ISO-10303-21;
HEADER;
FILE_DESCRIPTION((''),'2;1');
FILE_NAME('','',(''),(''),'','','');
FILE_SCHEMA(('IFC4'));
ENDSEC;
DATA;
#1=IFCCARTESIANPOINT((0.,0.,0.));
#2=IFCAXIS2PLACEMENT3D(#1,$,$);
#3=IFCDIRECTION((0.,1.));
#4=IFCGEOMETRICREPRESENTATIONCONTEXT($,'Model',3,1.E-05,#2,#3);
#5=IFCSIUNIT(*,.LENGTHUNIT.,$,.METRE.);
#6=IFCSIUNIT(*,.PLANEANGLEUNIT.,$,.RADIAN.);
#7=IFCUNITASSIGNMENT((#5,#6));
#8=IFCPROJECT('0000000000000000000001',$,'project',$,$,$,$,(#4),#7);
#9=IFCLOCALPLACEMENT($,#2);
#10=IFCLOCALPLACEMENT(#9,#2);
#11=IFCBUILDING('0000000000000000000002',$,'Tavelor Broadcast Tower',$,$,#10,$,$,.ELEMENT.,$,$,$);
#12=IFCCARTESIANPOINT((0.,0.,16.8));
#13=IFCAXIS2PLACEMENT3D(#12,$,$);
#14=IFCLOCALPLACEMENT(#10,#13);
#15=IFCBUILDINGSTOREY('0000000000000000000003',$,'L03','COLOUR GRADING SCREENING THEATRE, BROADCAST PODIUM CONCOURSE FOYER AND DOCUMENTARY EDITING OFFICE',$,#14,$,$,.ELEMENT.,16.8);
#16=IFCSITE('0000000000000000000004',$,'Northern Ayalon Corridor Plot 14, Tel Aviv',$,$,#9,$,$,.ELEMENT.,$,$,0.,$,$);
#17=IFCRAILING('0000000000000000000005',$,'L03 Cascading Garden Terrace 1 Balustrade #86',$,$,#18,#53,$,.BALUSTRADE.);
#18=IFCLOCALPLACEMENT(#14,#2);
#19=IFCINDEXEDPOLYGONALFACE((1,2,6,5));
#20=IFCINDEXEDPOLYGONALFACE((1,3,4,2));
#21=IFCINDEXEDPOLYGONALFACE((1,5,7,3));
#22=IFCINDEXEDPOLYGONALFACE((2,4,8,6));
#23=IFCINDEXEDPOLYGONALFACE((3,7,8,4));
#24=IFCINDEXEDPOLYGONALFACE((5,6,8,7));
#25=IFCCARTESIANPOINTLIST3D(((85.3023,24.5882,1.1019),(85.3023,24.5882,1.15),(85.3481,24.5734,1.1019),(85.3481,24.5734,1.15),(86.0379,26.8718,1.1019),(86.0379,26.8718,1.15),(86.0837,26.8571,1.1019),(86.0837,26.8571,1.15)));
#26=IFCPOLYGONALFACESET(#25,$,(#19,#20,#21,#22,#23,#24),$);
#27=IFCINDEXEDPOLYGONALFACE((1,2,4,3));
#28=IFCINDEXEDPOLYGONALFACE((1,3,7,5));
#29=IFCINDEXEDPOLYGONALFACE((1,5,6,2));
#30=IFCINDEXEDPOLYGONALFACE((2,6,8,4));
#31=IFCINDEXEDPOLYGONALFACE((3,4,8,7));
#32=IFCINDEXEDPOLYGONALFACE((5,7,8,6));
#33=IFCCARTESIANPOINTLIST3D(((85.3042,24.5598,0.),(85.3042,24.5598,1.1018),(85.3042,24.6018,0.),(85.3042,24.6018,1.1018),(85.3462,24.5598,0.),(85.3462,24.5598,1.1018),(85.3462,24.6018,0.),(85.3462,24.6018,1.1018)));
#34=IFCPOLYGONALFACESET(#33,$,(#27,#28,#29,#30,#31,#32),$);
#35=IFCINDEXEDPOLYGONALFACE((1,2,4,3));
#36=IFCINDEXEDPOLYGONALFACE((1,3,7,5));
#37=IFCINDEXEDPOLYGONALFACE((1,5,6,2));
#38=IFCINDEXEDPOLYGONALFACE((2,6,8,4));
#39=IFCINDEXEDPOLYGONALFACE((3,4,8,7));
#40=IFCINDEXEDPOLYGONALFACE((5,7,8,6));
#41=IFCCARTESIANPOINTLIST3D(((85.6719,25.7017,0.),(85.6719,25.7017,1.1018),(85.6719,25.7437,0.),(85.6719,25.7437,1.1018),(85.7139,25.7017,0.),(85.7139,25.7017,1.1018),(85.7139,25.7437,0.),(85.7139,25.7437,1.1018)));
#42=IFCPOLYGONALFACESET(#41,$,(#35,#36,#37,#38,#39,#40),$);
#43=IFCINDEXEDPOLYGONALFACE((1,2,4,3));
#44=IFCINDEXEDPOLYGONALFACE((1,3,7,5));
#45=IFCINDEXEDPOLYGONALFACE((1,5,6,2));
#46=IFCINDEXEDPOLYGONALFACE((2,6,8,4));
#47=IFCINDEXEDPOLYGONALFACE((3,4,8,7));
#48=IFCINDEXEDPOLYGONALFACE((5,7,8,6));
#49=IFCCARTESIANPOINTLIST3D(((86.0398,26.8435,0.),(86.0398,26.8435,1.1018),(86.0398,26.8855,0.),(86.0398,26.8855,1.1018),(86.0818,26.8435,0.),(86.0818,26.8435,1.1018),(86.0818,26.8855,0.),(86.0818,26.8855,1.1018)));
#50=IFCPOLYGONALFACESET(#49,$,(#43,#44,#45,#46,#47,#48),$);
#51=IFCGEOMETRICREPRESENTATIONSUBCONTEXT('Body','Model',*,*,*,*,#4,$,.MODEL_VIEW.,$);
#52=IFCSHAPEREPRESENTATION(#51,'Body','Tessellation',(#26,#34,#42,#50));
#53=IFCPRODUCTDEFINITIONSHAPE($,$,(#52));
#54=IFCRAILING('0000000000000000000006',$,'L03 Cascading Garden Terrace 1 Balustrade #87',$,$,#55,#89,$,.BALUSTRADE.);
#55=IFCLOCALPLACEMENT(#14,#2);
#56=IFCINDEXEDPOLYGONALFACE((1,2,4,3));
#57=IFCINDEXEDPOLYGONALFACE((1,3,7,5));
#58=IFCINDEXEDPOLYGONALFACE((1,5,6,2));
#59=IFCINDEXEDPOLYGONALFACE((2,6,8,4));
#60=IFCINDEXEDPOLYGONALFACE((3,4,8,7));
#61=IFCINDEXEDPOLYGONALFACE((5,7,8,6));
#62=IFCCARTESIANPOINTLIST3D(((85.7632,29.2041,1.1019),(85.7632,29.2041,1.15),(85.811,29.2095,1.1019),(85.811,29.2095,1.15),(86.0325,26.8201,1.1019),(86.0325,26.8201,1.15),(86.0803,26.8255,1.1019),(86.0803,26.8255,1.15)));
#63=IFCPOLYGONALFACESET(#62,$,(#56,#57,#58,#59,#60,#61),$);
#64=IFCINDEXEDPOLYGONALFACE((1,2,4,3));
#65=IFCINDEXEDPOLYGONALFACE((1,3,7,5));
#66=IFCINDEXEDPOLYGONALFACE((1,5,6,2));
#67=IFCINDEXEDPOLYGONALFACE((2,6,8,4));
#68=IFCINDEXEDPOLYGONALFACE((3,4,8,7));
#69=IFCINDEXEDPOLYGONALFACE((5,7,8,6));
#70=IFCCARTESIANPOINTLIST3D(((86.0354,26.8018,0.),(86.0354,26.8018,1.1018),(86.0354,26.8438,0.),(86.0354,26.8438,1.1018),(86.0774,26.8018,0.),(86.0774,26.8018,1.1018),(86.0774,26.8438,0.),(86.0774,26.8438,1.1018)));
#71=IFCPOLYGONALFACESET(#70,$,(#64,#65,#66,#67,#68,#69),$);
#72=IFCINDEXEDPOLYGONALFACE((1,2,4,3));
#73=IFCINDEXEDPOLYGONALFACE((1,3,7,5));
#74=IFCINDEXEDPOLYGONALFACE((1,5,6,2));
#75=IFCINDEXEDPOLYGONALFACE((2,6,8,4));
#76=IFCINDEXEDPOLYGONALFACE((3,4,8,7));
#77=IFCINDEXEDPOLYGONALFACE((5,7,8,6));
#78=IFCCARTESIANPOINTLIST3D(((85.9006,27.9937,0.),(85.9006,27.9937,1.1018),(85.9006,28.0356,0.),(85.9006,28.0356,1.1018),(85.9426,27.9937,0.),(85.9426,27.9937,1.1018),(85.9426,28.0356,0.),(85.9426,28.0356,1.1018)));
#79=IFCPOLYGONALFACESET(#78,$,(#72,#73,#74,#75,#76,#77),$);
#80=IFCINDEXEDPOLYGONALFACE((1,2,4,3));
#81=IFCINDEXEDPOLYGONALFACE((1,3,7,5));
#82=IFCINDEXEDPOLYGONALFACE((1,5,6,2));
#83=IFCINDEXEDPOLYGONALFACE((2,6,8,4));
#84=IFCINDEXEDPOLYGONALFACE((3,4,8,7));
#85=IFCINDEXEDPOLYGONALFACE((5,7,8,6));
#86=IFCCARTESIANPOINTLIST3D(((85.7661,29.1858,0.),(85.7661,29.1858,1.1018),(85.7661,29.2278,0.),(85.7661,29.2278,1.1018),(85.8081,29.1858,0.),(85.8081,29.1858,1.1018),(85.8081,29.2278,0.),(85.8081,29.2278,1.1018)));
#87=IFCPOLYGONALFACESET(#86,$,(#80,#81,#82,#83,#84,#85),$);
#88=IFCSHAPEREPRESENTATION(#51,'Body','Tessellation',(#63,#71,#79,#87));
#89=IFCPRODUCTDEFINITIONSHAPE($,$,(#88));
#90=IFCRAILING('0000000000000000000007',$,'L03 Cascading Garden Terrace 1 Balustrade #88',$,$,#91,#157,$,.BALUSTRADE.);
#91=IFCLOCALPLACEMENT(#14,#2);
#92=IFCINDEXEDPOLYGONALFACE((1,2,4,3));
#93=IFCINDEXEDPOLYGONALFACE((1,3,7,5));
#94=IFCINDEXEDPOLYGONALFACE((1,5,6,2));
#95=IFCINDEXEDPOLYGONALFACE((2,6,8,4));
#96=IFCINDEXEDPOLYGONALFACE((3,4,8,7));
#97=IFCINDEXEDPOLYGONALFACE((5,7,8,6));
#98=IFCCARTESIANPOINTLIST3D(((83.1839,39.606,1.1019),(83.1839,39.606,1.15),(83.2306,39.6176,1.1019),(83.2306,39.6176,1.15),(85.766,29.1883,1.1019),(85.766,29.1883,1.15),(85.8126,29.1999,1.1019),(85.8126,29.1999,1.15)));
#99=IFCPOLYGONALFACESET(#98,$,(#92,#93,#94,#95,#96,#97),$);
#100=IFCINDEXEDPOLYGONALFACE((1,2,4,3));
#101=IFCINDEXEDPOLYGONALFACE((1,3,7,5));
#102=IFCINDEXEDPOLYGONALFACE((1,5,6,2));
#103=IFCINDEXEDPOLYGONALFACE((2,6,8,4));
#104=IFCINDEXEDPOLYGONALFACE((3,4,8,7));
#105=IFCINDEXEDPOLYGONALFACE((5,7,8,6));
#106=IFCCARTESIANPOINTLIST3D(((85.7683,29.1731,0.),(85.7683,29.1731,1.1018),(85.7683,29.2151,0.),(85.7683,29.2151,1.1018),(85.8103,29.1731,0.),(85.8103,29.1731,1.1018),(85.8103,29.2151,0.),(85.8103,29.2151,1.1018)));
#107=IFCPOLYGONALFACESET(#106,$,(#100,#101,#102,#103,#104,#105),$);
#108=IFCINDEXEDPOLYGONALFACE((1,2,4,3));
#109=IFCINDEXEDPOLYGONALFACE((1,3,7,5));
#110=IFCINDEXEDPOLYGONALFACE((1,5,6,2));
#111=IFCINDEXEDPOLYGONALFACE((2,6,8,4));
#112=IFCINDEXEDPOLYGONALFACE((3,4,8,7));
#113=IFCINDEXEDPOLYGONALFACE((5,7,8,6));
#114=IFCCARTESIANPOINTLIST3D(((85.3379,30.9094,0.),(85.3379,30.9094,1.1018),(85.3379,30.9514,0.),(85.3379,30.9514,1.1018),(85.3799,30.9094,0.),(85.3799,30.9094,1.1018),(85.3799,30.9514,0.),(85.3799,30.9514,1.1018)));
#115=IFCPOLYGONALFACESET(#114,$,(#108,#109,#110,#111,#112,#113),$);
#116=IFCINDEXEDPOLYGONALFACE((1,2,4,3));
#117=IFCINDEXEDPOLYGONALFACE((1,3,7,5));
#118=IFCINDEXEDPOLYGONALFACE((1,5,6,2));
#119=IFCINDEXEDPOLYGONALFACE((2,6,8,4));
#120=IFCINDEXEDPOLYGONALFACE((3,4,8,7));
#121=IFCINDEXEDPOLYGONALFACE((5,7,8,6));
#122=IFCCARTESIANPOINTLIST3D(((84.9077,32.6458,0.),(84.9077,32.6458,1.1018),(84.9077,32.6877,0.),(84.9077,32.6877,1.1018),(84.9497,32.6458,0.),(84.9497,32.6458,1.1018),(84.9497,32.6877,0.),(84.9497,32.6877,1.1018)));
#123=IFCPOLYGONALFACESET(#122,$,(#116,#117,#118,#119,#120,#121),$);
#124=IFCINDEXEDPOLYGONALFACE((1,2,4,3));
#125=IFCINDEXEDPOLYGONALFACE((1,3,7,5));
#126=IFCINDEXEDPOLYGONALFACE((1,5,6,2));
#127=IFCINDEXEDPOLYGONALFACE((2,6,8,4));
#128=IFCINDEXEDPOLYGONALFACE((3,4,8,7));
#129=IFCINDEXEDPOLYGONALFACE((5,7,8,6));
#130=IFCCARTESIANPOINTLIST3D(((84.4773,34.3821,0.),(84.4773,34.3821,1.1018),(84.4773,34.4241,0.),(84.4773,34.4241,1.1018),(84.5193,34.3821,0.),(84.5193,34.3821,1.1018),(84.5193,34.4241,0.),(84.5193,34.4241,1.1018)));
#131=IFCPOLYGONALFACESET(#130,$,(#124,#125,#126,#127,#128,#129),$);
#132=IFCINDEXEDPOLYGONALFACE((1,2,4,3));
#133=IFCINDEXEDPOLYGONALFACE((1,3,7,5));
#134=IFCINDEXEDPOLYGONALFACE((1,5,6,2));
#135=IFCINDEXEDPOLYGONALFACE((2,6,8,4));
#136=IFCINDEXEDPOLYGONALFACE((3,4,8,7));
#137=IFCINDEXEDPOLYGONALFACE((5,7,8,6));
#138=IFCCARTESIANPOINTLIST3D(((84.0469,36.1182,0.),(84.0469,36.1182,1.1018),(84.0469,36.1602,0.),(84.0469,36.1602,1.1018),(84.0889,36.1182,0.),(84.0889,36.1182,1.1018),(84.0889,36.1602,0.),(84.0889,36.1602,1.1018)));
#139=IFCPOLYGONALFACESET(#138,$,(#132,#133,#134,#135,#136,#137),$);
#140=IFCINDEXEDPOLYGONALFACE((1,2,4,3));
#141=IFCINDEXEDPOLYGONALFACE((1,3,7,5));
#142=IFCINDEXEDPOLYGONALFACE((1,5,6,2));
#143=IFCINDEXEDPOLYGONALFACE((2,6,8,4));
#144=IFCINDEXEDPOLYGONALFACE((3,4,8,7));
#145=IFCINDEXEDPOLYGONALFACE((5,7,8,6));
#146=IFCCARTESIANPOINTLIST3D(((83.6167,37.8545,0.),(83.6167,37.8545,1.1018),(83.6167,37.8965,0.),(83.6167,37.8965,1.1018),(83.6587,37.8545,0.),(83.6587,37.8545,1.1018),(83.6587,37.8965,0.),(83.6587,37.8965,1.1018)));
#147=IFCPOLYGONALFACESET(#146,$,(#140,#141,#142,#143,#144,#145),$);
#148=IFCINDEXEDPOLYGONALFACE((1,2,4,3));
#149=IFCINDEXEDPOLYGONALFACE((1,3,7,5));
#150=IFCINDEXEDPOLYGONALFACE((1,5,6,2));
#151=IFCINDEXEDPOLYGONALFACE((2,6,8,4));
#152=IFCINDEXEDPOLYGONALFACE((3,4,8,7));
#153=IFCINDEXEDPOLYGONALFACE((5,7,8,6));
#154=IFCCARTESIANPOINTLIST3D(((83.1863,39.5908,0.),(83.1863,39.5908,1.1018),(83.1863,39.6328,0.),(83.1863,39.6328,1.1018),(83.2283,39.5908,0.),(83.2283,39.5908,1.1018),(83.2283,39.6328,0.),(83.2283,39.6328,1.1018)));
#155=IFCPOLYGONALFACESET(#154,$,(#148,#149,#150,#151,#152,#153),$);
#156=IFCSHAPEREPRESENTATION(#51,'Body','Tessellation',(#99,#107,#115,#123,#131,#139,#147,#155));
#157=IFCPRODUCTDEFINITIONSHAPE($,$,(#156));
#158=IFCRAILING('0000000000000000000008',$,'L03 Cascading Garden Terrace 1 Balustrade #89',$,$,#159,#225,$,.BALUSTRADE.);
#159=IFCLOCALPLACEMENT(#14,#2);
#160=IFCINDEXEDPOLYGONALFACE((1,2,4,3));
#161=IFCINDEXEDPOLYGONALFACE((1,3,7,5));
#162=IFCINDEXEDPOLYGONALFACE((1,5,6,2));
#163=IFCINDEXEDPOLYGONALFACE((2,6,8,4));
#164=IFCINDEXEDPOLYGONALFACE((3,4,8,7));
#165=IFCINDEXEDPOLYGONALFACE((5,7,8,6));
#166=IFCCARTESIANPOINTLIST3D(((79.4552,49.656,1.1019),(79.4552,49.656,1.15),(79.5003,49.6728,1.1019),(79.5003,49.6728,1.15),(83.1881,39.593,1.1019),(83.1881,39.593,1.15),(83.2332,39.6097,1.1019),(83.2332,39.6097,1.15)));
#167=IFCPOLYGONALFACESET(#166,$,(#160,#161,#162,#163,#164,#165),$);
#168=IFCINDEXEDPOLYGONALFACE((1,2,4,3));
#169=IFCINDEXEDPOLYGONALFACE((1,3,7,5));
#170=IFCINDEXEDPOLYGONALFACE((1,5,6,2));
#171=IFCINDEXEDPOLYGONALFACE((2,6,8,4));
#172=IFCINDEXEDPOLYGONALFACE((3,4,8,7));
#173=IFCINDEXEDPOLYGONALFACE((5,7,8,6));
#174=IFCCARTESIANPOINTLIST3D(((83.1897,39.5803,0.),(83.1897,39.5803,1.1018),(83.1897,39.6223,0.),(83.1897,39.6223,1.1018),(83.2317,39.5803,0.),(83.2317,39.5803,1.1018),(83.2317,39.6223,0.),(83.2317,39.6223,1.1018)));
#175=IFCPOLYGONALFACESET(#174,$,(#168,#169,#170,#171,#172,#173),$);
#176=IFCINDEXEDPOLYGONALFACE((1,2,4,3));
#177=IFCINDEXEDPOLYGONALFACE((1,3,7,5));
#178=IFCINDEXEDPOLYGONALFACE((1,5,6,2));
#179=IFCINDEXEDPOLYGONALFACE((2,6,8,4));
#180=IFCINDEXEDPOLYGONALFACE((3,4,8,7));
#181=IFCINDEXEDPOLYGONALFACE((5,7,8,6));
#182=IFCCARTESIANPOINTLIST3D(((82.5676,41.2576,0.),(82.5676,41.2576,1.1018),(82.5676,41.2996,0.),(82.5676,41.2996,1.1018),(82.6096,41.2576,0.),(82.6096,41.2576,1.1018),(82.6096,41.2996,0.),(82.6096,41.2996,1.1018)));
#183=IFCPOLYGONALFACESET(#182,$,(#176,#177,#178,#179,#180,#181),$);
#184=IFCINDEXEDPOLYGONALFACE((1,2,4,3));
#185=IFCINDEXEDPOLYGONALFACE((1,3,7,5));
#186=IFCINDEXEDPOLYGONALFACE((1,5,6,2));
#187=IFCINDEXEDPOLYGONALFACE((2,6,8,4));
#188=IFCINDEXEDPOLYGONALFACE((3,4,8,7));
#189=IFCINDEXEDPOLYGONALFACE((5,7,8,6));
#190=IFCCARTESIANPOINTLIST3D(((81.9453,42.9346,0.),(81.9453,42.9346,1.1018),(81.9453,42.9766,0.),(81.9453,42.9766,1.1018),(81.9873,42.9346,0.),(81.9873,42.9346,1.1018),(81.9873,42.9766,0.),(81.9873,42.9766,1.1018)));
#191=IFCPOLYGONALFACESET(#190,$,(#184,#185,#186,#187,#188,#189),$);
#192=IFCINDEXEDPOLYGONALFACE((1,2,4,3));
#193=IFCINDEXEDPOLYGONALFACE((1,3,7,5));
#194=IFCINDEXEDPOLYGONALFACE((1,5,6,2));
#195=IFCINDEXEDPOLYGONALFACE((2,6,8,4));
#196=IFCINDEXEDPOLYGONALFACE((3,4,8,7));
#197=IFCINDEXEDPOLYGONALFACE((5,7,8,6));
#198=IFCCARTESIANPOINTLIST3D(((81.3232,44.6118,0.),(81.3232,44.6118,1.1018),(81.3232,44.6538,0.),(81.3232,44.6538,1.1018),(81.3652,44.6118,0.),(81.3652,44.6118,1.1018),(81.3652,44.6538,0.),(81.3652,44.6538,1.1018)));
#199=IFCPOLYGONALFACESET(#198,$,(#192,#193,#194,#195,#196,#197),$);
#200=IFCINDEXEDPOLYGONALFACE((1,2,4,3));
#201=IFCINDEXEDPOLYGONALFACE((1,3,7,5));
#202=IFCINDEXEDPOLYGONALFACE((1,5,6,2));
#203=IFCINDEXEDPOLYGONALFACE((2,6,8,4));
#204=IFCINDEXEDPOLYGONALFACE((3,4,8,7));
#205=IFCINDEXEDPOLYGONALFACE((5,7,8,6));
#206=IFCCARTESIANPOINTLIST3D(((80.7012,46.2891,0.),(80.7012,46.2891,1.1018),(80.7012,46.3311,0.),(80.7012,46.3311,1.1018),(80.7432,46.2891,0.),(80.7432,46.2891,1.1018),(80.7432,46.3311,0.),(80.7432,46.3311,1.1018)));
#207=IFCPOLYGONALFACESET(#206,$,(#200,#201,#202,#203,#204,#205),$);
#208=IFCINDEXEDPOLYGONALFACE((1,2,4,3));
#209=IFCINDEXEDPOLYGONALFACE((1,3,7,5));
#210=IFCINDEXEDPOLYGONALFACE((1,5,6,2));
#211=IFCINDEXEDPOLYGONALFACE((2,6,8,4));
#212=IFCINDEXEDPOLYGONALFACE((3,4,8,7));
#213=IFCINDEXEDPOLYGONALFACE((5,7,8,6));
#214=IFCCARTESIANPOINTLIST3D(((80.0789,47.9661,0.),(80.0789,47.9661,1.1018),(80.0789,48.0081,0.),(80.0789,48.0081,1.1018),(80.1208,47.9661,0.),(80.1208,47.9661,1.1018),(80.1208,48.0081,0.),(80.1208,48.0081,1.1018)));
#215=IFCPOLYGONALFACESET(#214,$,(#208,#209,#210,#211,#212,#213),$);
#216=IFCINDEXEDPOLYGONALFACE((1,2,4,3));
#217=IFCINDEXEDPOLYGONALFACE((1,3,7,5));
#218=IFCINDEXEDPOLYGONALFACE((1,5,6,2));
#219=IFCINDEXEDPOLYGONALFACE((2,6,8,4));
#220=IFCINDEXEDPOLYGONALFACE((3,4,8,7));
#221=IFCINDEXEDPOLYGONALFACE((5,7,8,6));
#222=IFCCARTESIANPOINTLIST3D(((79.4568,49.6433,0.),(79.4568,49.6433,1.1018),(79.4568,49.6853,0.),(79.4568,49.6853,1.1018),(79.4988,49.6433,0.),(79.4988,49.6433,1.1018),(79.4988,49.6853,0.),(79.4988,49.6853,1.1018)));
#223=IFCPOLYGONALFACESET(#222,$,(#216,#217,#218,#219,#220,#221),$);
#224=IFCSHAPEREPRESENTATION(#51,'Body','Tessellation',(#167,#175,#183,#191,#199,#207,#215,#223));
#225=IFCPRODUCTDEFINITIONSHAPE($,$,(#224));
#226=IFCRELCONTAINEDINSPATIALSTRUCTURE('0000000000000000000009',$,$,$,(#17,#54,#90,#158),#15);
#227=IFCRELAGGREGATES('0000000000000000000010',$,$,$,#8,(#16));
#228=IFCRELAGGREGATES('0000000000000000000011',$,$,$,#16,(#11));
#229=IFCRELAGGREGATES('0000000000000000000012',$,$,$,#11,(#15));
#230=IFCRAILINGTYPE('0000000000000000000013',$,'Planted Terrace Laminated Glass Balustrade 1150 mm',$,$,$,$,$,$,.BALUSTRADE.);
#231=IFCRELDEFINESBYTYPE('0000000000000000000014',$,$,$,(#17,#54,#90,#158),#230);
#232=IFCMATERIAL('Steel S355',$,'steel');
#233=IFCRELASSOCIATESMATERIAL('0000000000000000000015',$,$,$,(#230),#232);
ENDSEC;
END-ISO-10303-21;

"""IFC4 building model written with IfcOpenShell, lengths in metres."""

from ifc_helpers import new_model, si_unit, direction, frame, origin, origin_2d, place, context, subcontext, project, spatial, rectangle, extrude, material, type_object, element, save


model = new_model("IFC4")

# Units and contexts
model_context = context("Model", 3, precision=1e-05, world=origin(), true_north=direction((0.0, 1.0)))
body_context = subcontext(model_context, "Body", "Model", "MODEL_VIEW")
ifc_project = project(units=[si_unit("LENGTHUNIT", "METRE"), si_unit("PLANEANGLEUNIT", "RADIAN")], contexts=[model_context])

# Site, building, storey
site_placement = place(None, origin())
site = spatial("IfcSite", under=ifc_project, at=site_placement, Name="Northern Ayalon Corridor Plot 14, Tel Aviv", CompositionType="ELEMENT", RefElevation=0.0)
building_placement = place(site_placement, origin())
building = spatial("IfcBuilding", under=site, at=building_placement, Name="Tavelor Broadcast Tower", CompositionType="ELEMENT")
storey_placement = place(building_placement, frame((0.0, 0.0, 16.8)))
storey = spatial("IfcBuildingStorey", under=building, at=storey_placement, Name="L03", Description="COLOUR GRADING SCREENING THEATRE, BROADCAST PODIUM CONCOURSE FOYER AND DOCUMENTARY EDITING OFFICE", CompositionType="ELEMENT", Elevation=16.8)

# Shared definitions
ifc_material_1 = material(Name="Steel S355", Category="steel")

# Railings
railing_type = type_object("IfcRailingType", Name="Planted Terrace Laminated Glass Balustrade 1150 mm", PredefinedType="BALUSTRADE", material=ifc_material_1)
railing_1_placement = place(storey_placement, frame((85.3252, 24.5808, 0.0)))
element("IfcRailing", 1, at=railing_1_placement, inside=storey, type_object=railing_type, Name="L03 Cascading Garden Terrace 1 Balustrade #86", PredefinedType="BALUSTRADE", context=body_context, shape_type="SweptSolid", body=[
    extrude(rectangle(XDim=0.0481, YDim=0.0481, at=origin_2d()), frame((0.0, 0.0, 1.126), z_axis=(0.306595, 0.95184, 0.0), x_axis=(-0.95184, 0.306595, 0.0)), (0.0, 0.0, 1.0), 2.3992),
    extrude(rectangle(XDim=0.042, YDim=0.042, at=origin_2d()), origin(), (0.0, 0.0, 1.0), 1.1018),
    extrude(rectangle(XDim=0.042, YDim=0.042, at=origin_2d()), frame((0.3677, 1.1418, 0.0)), (0.0, 0.0, 1.0), 1.1018),
    extrude(rectangle(XDim=0.042, YDim=0.042, at=origin_2d()), frame((0.7356, 2.2837, 0.0)), (0.0, 0.0, 1.0), 1.1018),
])
railing_2_placement = place(storey_placement, frame((86.0564, 26.8228, 0.0)))
element("IfcRailing", 2, at=railing_2_placement, inside=storey, type_object=railing_type, Name="L03 Cascading Garden Terrace 1 Balustrade #87", PredefinedType="BALUSTRADE", context=body_context, shape_type="SweptSolid", body=[
    extrude(rectangle(XDim=0.0481, YDim=0.0481, at=origin_2d()), frame((0.0, 0.0, 1.126), z_axis=(-0.112241, 0.993681, 0.0), x_axis=(-0.993681, -0.112241, 0.0)), (0.0, 0.0, 1.0), 2.3992),
    extrude(rectangle(XDim=0.042, YDim=0.042, at=origin_2d()), origin(), (0.0, 0.0, 1.0), 1.1018),
    extrude(rectangle(XDim=0.042, YDim=0.042, at=origin_2d()), frame((-0.1348, 1.1919, 0.0)), (0.0, 0.0, 1.0), 1.1018),
    extrude(rectangle(XDim=0.042, YDim=0.042, at=origin_2d()), frame((-0.2693, 2.384, 0.0)), (0.0, 0.0, 1.0), 1.1018),
])
railing_3_placement = place(storey_placement, frame((85.7893, 29.1941, 0.0)))
element("IfcRailing", 3, at=railing_3_placement, inside=storey, type_object=railing_type, Name="L03 Cascading Garden Terrace 1 Balustrade #88", PredefinedType="BALUSTRADE", context=body_context, shape_type="SweptSolid", body=[
    extrude(rectangle(XDim=0.0481, YDim=0.0481, at=origin_2d()), frame((0.0, 0.0, 1.126), z_axis=(-0.240571, 0.970632, 0.0), x_axis=(-0.970632, -0.240571, 0.0)), (0.0, 0.0, 1.0), 10.7329),
    extrude(rectangle(XDim=0.042, YDim=0.042, at=origin_2d()), origin(), (0.0, 0.0, 1.0), 1.1018),
    extrude(rectangle(XDim=0.042, YDim=0.042, at=origin_2d()), frame((-0.4304, 1.7363, 0.0)), (0.0, 0.0, 1.0), 1.1018),
    extrude(rectangle(XDim=0.042, YDim=0.042, at=origin_2d()), frame((-0.8606, 3.4727, 0.0)), (0.0, 0.0, 1.0), 1.1018),
    extrude(rectangle(XDim=0.042, YDim=0.042, at=origin_2d()), frame((-1.291, 5.209, 0.0)), (0.0, 0.0, 1.0), 1.1018),
    extrude(rectangle(XDim=0.042, YDim=0.042, at=origin_2d()), frame((-1.7214, 6.9451, 0.0)), (0.0, 0.0, 1.0), 1.1018),
    extrude(rectangle(XDim=0.042, YDim=0.042, at=origin_2d()), frame((-2.1516, 8.6814, 0.0)), (0.0, 0.0, 1.0), 1.1018),
    extrude(rectangle(XDim=0.042, YDim=0.042, at=origin_2d()), frame((-2.582, 10.4177, 0.0)), (0.0, 0.0, 1.0), 1.1018),
])
railing_4_placement = place(storey_placement, frame((83.2107, 39.6013, 0.0)))
element("IfcRailing", 4, at=railing_4_placement, inside=storey, type_object=railing_type, Name="L03 Cascading Garden Terrace 1 Balustrade #89", PredefinedType="BALUSTRADE", context=body_context, shape_type="SweptSolid", body=[
    extrude(rectangle(XDim=0.0481, YDim=0.0481, at=origin_2d()), frame((0.0, 0.0, 1.126), z_axis=(-0.347796, 0.93757, 0.0), x_axis=(-0.93757, -0.347796, 0.0)), (0.0, 0.0, 1.0), 10.7332),
    extrude(rectangle(XDim=0.042, YDim=0.042, at=origin_2d()), origin(), (0.0, 0.0, 1.0), 1.1018),
    extrude(rectangle(XDim=0.042, YDim=0.042, at=origin_2d()), frame((-0.6221, 1.6772, 0.0)), (0.0, 0.0, 1.0), 1.1018),
    extrude(rectangle(XDim=0.042, YDim=0.042, at=origin_2d()), frame((-1.2444, 3.3542, 0.0)), (0.0, 0.0, 1.0), 1.1018),
    extrude(rectangle(XDim=0.042, YDim=0.042, at=origin_2d()), frame((-1.8665, 5.0315, 0.0)), (0.0, 0.0, 1.0), 1.1018),
    extrude(rectangle(XDim=0.042, YDim=0.042, at=origin_2d()), frame((-2.4885, 6.7087, 0.0)), (0.0, 0.0, 1.0), 1.1018),
    extrude(rectangle(XDim=0.042, YDim=0.042, at=origin_2d()), frame((-3.1108, 8.3857, 0.0)), (0.0, 0.0, 1.0), 1.1018),
    extrude(rectangle(XDim=0.042, YDim=0.042, at=origin_2d()), frame((-3.7329, 10.063, 0.0)), (0.0, 0.0, 1.0), 1.1018),
])

save(model, "model.ifc")
